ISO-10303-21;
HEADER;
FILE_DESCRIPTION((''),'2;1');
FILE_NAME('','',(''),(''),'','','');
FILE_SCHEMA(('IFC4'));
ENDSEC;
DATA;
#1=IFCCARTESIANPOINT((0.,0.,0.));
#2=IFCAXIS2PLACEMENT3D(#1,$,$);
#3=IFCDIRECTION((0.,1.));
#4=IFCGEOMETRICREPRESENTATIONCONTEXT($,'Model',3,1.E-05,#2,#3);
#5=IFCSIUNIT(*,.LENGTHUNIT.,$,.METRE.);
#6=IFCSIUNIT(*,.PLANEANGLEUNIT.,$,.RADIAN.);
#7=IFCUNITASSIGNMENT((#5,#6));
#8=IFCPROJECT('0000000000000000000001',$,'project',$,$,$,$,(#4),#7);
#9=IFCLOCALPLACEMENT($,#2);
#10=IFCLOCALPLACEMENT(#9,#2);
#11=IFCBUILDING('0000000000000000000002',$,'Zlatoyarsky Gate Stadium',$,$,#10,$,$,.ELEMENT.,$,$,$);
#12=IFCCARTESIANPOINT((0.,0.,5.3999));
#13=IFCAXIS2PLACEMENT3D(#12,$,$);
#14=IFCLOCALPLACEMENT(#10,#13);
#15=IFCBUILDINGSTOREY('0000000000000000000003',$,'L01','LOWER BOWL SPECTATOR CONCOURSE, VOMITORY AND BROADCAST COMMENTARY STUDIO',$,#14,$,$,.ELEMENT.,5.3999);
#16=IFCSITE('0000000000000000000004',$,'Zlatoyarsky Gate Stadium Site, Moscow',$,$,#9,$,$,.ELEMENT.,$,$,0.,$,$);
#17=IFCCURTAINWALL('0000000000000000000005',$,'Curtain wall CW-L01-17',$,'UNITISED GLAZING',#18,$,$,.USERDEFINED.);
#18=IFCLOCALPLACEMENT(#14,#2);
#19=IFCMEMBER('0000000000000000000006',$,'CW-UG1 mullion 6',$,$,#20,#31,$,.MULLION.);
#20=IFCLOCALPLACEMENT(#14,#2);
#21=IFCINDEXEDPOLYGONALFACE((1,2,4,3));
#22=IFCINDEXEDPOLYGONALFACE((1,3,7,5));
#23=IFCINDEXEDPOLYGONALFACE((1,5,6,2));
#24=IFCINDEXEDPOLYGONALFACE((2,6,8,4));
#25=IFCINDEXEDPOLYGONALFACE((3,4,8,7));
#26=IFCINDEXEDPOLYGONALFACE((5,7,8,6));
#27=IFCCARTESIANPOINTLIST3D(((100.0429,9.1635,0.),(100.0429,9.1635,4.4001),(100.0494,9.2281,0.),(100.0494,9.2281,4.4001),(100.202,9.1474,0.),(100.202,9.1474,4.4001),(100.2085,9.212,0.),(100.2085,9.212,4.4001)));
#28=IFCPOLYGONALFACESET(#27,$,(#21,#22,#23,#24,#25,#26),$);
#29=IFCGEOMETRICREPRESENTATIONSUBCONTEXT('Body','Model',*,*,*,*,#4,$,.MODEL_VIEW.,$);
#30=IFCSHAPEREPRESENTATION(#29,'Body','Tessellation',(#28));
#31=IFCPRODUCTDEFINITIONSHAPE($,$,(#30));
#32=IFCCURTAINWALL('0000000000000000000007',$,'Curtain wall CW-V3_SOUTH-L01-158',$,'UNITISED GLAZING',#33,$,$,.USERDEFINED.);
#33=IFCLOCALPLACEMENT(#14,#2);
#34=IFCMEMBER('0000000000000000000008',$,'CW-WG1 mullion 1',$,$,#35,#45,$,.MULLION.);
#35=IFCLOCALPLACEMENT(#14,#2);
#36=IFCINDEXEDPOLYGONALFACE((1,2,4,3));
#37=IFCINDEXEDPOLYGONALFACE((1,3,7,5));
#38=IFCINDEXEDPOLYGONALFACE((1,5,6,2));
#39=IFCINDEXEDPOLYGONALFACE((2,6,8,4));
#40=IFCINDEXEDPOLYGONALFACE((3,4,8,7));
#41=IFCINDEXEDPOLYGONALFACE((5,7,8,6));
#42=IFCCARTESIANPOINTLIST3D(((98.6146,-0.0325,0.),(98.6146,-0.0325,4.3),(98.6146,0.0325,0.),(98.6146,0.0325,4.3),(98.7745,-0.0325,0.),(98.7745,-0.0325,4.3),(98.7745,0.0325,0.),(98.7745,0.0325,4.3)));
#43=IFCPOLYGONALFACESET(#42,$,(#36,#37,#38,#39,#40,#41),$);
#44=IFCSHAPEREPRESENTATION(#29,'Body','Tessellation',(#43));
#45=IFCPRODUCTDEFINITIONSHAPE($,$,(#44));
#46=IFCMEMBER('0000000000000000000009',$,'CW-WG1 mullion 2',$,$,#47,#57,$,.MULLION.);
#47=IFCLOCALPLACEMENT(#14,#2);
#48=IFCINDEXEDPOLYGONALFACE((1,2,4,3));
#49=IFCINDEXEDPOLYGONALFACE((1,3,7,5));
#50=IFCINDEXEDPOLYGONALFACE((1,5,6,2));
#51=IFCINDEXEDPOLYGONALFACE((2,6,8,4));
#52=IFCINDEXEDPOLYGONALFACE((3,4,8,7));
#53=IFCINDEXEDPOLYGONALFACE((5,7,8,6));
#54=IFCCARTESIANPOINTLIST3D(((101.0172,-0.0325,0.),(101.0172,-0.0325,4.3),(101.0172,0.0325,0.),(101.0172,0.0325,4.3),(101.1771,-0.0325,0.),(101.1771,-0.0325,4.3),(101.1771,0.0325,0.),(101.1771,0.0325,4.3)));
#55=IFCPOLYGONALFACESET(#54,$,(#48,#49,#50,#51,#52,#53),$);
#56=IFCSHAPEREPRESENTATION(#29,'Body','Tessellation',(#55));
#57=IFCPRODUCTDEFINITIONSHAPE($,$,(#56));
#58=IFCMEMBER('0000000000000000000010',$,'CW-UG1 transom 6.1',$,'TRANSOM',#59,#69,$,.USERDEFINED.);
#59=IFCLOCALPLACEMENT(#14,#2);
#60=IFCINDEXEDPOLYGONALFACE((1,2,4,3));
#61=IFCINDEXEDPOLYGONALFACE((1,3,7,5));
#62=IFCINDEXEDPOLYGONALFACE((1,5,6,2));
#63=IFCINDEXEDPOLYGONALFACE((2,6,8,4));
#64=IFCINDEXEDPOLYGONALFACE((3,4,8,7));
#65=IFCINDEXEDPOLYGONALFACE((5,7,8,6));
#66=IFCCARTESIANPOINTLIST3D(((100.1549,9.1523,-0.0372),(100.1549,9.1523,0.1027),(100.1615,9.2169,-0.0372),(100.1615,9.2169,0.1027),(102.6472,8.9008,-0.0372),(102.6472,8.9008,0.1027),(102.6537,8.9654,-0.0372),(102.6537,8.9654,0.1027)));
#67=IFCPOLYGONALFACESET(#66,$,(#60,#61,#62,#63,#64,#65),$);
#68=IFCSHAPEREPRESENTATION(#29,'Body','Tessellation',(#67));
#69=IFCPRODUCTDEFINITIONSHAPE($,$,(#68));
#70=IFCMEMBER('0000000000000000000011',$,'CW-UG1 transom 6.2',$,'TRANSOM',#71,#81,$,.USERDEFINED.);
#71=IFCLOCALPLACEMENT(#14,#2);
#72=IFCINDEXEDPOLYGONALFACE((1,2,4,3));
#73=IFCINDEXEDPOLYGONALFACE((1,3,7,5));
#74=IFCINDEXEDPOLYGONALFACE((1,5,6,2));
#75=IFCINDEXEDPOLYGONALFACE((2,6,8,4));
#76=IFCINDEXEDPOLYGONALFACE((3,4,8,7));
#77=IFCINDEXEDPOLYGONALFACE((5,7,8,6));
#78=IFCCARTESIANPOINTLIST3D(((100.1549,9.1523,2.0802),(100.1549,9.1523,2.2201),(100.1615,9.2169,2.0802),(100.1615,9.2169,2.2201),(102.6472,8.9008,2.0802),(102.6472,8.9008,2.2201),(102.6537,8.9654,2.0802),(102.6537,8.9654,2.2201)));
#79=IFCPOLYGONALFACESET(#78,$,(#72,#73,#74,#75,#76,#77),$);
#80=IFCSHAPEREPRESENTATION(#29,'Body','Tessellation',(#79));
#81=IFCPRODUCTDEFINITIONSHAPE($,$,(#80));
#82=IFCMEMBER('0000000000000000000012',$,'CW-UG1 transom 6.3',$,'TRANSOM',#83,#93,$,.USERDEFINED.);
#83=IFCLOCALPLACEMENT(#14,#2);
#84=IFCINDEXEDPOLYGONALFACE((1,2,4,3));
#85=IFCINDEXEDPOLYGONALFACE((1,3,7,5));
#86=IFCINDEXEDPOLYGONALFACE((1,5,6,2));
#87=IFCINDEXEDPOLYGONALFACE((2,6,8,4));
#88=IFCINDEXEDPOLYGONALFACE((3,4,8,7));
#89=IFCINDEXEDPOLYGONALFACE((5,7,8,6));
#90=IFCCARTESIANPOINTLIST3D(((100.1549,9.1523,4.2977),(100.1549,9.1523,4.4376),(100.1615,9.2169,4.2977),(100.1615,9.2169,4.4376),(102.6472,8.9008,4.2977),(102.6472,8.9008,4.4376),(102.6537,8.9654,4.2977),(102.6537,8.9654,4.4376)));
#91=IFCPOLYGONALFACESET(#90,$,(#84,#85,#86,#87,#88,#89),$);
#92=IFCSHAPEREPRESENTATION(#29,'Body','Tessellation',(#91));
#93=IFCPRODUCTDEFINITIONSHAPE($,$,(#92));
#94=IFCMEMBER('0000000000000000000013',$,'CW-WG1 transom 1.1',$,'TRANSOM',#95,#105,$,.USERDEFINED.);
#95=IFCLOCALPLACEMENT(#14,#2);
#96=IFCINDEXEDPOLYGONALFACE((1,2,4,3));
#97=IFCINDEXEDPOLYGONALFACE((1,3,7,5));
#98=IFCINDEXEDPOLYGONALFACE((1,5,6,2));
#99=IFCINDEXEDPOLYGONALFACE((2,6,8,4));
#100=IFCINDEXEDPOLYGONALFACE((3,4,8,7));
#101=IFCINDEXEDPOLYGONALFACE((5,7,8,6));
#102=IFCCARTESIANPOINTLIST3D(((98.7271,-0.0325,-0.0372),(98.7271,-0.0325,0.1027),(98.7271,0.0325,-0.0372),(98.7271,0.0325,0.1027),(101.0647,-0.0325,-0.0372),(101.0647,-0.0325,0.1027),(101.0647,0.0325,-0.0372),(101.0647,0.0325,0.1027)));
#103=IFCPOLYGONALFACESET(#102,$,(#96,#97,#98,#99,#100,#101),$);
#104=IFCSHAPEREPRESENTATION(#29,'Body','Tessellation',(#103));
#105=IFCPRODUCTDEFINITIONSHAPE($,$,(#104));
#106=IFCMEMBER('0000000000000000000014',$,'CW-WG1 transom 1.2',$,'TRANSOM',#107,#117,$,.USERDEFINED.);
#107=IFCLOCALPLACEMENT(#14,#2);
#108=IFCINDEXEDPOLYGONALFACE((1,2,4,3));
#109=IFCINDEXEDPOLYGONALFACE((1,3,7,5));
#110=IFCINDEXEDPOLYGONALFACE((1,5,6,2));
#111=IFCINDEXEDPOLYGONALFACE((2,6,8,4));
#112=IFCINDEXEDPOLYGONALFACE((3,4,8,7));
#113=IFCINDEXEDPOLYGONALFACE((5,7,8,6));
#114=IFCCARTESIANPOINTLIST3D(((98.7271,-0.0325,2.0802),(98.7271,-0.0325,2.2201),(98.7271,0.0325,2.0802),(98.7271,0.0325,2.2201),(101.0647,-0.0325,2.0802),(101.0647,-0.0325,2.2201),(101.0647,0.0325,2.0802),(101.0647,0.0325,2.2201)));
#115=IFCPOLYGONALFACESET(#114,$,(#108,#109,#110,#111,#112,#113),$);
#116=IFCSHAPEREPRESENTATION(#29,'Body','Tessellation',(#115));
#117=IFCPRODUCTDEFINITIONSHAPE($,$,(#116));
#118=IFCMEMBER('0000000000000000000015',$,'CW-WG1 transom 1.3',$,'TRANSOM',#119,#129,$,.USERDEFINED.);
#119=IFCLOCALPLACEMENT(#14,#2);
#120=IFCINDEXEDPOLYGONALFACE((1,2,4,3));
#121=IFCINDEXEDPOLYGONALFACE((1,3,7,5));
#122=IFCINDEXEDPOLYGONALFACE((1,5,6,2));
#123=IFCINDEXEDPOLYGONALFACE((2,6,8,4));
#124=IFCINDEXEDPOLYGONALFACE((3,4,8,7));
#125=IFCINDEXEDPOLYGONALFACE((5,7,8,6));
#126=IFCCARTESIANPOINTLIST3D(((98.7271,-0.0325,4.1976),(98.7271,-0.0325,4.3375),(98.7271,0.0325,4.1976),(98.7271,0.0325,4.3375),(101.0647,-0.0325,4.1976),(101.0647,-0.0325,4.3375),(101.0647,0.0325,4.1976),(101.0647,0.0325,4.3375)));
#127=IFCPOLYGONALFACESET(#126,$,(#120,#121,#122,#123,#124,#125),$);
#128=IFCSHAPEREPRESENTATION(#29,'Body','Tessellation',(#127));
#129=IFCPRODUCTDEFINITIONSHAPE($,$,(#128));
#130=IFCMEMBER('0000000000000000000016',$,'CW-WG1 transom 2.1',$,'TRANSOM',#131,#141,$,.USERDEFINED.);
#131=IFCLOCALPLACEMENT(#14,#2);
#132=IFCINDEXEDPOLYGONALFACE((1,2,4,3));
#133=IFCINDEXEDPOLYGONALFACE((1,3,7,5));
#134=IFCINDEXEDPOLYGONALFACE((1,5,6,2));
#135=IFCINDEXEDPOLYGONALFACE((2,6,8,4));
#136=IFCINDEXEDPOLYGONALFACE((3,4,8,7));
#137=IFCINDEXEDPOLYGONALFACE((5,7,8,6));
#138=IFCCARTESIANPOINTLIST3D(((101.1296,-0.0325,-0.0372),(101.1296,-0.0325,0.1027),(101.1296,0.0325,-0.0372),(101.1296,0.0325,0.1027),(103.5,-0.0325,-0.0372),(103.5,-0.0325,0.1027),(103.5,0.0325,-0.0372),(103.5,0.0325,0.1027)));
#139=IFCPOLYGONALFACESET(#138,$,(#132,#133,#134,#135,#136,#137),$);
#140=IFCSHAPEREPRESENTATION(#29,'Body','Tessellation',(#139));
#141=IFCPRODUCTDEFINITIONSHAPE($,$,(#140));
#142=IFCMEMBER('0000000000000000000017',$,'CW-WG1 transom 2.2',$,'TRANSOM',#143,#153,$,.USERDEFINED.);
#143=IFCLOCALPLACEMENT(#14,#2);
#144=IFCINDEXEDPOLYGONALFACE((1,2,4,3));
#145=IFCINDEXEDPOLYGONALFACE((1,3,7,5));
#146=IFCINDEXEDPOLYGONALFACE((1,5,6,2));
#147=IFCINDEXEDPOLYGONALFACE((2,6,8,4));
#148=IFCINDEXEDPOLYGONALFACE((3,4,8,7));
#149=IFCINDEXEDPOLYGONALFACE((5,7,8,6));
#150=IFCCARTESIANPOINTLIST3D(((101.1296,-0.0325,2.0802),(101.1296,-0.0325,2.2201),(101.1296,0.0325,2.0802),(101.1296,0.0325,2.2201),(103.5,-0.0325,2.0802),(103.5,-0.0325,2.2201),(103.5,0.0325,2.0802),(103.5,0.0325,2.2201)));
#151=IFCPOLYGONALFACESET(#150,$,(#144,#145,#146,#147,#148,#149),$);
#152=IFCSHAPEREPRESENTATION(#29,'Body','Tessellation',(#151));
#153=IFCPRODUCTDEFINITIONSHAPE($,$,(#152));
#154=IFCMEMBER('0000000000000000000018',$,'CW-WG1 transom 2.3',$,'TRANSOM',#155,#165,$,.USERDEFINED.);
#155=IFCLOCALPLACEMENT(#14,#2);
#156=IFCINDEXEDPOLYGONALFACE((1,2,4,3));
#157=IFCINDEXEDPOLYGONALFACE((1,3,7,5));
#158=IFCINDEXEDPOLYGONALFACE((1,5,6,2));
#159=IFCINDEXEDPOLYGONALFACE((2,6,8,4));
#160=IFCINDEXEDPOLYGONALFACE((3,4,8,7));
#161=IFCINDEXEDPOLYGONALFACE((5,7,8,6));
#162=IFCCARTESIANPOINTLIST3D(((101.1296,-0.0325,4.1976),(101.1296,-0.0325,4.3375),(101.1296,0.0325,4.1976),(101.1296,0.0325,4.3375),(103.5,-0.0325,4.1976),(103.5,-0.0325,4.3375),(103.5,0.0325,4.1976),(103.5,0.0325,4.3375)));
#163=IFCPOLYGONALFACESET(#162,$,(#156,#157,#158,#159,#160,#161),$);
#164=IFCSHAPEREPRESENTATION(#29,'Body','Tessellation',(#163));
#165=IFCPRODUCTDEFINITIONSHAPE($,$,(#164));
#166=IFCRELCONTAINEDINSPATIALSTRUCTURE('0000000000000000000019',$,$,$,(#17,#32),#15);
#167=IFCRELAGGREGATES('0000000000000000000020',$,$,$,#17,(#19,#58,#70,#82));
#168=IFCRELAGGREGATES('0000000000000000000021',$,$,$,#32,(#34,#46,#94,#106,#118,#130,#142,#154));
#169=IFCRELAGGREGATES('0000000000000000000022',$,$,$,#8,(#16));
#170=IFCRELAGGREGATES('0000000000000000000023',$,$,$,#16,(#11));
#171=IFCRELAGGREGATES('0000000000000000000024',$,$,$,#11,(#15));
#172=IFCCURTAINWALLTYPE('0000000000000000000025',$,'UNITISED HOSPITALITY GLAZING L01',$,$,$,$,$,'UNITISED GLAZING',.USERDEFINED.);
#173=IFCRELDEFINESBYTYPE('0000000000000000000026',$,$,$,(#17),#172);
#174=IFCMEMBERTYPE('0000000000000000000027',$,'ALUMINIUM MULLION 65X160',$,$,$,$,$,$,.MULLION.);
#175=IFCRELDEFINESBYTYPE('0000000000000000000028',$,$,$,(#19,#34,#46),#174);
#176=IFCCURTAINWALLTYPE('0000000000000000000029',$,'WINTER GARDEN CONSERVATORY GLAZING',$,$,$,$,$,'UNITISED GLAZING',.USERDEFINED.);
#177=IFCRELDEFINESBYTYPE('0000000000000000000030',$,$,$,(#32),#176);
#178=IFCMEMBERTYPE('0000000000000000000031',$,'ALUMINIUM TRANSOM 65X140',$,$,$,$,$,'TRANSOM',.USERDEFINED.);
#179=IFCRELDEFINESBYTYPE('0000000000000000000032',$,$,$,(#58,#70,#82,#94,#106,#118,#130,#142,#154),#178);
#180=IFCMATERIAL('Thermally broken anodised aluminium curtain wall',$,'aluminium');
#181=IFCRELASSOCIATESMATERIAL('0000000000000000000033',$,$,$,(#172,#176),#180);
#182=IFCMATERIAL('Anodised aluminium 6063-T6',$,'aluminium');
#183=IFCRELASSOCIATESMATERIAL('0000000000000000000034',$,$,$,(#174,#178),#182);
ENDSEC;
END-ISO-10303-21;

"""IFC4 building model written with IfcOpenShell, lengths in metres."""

from ifc_helpers import new_model, si_unit, direction, frame, origin, origin_2d, place, context, subcontext, project, spatial, rectangle, extrude, material, material_profile, profile_set, type_object, element, aggregate, save


model = new_model("IFC4")

# Units and contexts
model_context = context("Model", 3, precision=1e-05, world=origin(), true_north=direction((0.0, 1.0)))
body_context = subcontext(model_context, "Body", "Model", "MODEL_VIEW")
ifc_project = project(units=[si_unit("LENGTHUNIT", "METRE"), si_unit("PLANEANGLEUNIT", "RADIAN")], contexts=[model_context])

# Site, building, storey
site_placement = place(None, origin())
site = spatial("IfcSite", under=ifc_project, at=site_placement, Name="Zlatoyarsky Gate Stadium Site, Moscow", CompositionType="ELEMENT", RefElevation=0.0)
building_placement = place(site_placement, origin())
building = spatial("IfcBuilding", under=site, at=building_placement, Name="Zlatoyarsky Gate Stadium", CompositionType="ELEMENT")
storey_placement = place(building_placement, frame((0.0, 0.0, 5.3999)))
storey = spatial("IfcBuildingStorey", under=building, at=storey_placement, Name="L01", Description="LOWER BOWL SPECTATOR CONCOURSE, VOMITORY AND BROADCAST COMMENTARY STUDIO", CompositionType="ELEMENT", Elevation=5.3999)

# Curtain wall, member
ifc_material_1 = material(Name="Thermally broken anodised aluminium curtain wall", Category="aluminium")
curtain_wall_type_1 = type_object("IfcCurtainWallType", Name="UNITISED HOSPITALITY GLAZING L01", ElementType="UNITISED GLAZING", PredefinedType="USERDEFINED", material=ifc_material_1)
curtain_wall_1_placement = place(storey_placement, origin())
curtain_wall_1 = element("IfcCurtainWall", 1, at=curtain_wall_1_placement, inside=storey, type_object=curtain_wall_type_1, Name="Curtain wall CW-L01-17", ObjectType="UNITISED GLAZING", PredefinedType="USERDEFINED")
ifc_material_2 = material(Name="Anodised aluminium 6063-T6", Category="aluminium")
ifc_material_profile_1 = material_profile(ifc_material_2, rectangle(XDim=0.0649, YDim=0.1599, at=origin_2d()), Name="ALU 65X160")
ifc_profile_set_1 = profile_set([ifc_material_profile_1], Name="Anodised aluminium 6063-T6")
member_type_1 = type_object("IfcMemberType", Name="ALUMINIUM MULLION 65X160", PredefinedType="MULLION", material=ifc_profile_set_1)
member_1_placement = place(storey_placement, frame((100.1257, 9.1877, 0.0), z_axis=(0.0, 0.0, 1.0), x_axis=(0.1003, 0.994957, 0.0)))
member_1 = element("IfcMember", 2, at=member_1_placement, type_object=member_type_1, Name="CW-UG1 mullion 6", PredefinedType="MULLION", context=body_context, shape_type="SweptSolid", body=[
    extrude(rectangle(XDim=0.0649, YDim=0.1599, at=origin_2d()), origin(), (0.0, 0.0, 1.0), 4.4001),
])

# Curtain wall, members
curtain_wall_type_2 = type_object("IfcCurtainWallType", Name="WINTER GARDEN CONSERVATORY GLAZING", ElementType="UNITISED GLAZING", PredefinedType="USERDEFINED", material=ifc_material_1)
curtain_wall_2_placement = place(storey_placement, origin())
curtain_wall_2 = element("IfcCurtainWall", 3, at=curtain_wall_2_placement, inside=storey, type_object=curtain_wall_type_2, Name="Curtain wall CW-V3_SOUTH-L01-158", ObjectType="UNITISED GLAZING", PredefinedType="USERDEFINED")
member_2_placement = place(storey_placement, frame((98.6946, 0.0, 0.0), z_axis=(0.0, 0.0, 1.0), x_axis=(0.0, 1.0, 0.0)))
member_2 = element("IfcMember", 4, at=member_2_placement, type_object=member_type_1, Name="CW-WG1 mullion 1", PredefinedType="MULLION", context=body_context, shape_type="SweptSolid", body=[
    extrude(rectangle(XDim=0.0649, YDim=0.1599, at=origin_2d()), origin(), (0.0, 0.0, 1.0), 4.3),
])
member_3_placement = place(storey_placement, frame((101.0972, 0.0, 0.0), z_axis=(0.0, 0.0, 1.0), x_axis=(0.0, 1.0, 0.0)))
member_3 = element("IfcMember", 5, at=member_3_placement, type_object=member_type_1, Name="CW-WG1 mullion 2", PredefinedType="MULLION", context=body_context, shape_type="SweptSolid", body=[
    extrude(rectangle(XDim=0.0649, YDim=0.1599, at=origin_2d()), origin(), (0.0, 0.0, 1.0), 4.3),
])

# Members
ifc_material_profile_2 = material_profile(ifc_material_2, rectangle(XDim=0.0649, YDim=0.1399, at=origin_2d()), Name="ALU 65X140")
ifc_profile_set_2 = profile_set([ifc_material_profile_2], Name="Anodised aluminium 6063-T6")
member_type_2 = type_object("IfcMemberType", Name="ALUMINIUM TRANSOM 65X140", ElementType="TRANSOM", PredefinedType="USERDEFINED", material=ifc_profile_set_2)
member_4_placement = place(storey_placement, frame((100.1582, 9.1846, 0.0327), z_axis=(0.994948, -0.100392, 0.0), x_axis=(0.100392, 0.994948, 0.0)))
member_4 = element("IfcMember", 6, at=member_4_placement, type_object=member_type_2, Name="CW-UG1 transom 6.1", ObjectType="TRANSOM", PredefinedType="USERDEFINED", context=body_context, shape_type="SweptSolid", body=[
    extrude(rectangle(XDim=0.0649, YDim=0.1399, at=origin_2d()), origin(), (0.0, 0.0, 1.0), 2.5049),
])
member_5_placement = place(storey_placement, frame((100.1582, 9.1846, 2.1501), z_axis=(0.994948, -0.100392, 0.0), x_axis=(0.100392, 0.994948, 0.0)))
member_5 = element("IfcMember", 7, at=member_5_placement, type_object=member_type_2, Name="CW-UG1 transom 6.2", ObjectType="TRANSOM", PredefinedType="USERDEFINED", context=body_context, shape_type="SweptSolid", body=[
    extrude(rectangle(XDim=0.0649, YDim=0.1399, at=origin_2d()), origin(), (0.0, 0.0, 1.0), 2.5049),
])
member_6_placement = place(storey_placement, frame((100.1582, 9.1846, 4.3677), z_axis=(0.994948, -0.100392, 0.0), x_axis=(0.100392, 0.994948, 0.0)))
member_6 = element("IfcMember", 8, at=member_6_placement, type_object=member_type_2, Name="CW-UG1 transom 6.3", ObjectType="TRANSOM", PredefinedType="USERDEFINED", context=body_context, shape_type="SweptSolid", body=[
    extrude(rectangle(XDim=0.0649, YDim=0.1399, at=origin_2d()), origin(), (0.0, 0.0, 1.0), 2.5049),
])
member_7_placement = place(storey_placement, frame((98.7271, 0.0, 0.0327), z_axis=(1.0, 0.0, 0.0), x_axis=(0.0, 1.0, 0.0)))
member_7 = element("IfcMember", 9, at=member_7_placement, type_object=member_type_2, Name="CW-WG1 transom 1.1", ObjectType="TRANSOM", PredefinedType="USERDEFINED", context=body_context, shape_type="SweptSolid", body=[
    extrude(rectangle(XDim=0.0649, YDim=0.1399, at=origin_2d()), origin(), (0.0, 0.0, 1.0), 2.3376),
])
member_8_placement = place(storey_placement, frame((98.7271, 0.0, 2.1501), z_axis=(1.0, 0.0, 0.0), x_axis=(0.0, 1.0, 0.0)))
member_8 = element("IfcMember", 10, at=member_8_placement, type_object=member_type_2, Name="CW-WG1 transom 1.2", ObjectType="TRANSOM", PredefinedType="USERDEFINED", context=body_context, shape_type="SweptSolid", body=[
    extrude(rectangle(XDim=0.0649, YDim=0.1399, at=origin_2d()), origin(), (0.0, 0.0, 1.0), 2.3376),
])
member_9_placement = place(storey_placement, frame((98.7271, 0.0, 4.2676), z_axis=(1.0, 0.0, 0.0), x_axis=(0.0, 1.0, 0.0)))
member_9 = element("IfcMember", 11, at=member_9_placement, type_object=member_type_2, Name="CW-WG1 transom 1.3", ObjectType="TRANSOM", PredefinedType="USERDEFINED", context=body_context, shape_type="SweptSolid", body=[
    extrude(rectangle(XDim=0.0649, YDim=0.1399, at=origin_2d()), origin(), (0.0, 0.0, 1.0), 2.3376),
])
member_10_placement = place(storey_placement, frame((101.1296, 0.0, 0.0327), z_axis=(1.0, 0.0, 0.0), x_axis=(0.0, 1.0, 0.0)))
member_10 = element("IfcMember", 12, at=member_10_placement, type_object=member_type_2, Name="CW-WG1 transom 2.1", ObjectType="TRANSOM", PredefinedType="USERDEFINED", context=body_context, shape_type="SweptSolid", body=[
    extrude(rectangle(XDim=0.0649, YDim=0.1399, at=origin_2d()), origin(), (0.0, 0.0, 1.0), 2.3704),
])
member_11_placement = place(storey_placement, frame((101.1296, 0.0, 2.1501), z_axis=(1.0, 0.0, 0.0), x_axis=(0.0, 1.0, 0.0)))
member_11 = element("IfcMember", 13, at=member_11_placement, type_object=member_type_2, Name="CW-WG1 transom 2.2", ObjectType="TRANSOM", PredefinedType="USERDEFINED", context=body_context, shape_type="SweptSolid", body=[
    extrude(rectangle(XDim=0.0649, YDim=0.1399, at=origin_2d()), origin(), (0.0, 0.0, 1.0), 2.3704),
])
member_12_placement = place(storey_placement, frame((101.1296, 0.0, 4.2676), z_axis=(1.0, 0.0, 0.0), x_axis=(0.0, 1.0, 0.0)))
member_12 = element("IfcMember", 14, at=member_12_placement, type_object=member_type_2, Name="CW-WG1 transom 2.3", ObjectType="TRANSOM", PredefinedType="USERDEFINED", context=body_context, shape_type="SweptSolid", body=[
    extrude(rectangle(XDim=0.0649, YDim=0.1399, at=origin_2d()), origin(), (0.0, 0.0, 1.0), 2.3704),
])

aggregate(curtain_wall_1, [member_1, member_4, member_5, member_6])
aggregate(curtain_wall_2, [member_2, member_3, member_7, member_8, member_9, member_10, member_11, member_12])

save(model, "model.ifc")
